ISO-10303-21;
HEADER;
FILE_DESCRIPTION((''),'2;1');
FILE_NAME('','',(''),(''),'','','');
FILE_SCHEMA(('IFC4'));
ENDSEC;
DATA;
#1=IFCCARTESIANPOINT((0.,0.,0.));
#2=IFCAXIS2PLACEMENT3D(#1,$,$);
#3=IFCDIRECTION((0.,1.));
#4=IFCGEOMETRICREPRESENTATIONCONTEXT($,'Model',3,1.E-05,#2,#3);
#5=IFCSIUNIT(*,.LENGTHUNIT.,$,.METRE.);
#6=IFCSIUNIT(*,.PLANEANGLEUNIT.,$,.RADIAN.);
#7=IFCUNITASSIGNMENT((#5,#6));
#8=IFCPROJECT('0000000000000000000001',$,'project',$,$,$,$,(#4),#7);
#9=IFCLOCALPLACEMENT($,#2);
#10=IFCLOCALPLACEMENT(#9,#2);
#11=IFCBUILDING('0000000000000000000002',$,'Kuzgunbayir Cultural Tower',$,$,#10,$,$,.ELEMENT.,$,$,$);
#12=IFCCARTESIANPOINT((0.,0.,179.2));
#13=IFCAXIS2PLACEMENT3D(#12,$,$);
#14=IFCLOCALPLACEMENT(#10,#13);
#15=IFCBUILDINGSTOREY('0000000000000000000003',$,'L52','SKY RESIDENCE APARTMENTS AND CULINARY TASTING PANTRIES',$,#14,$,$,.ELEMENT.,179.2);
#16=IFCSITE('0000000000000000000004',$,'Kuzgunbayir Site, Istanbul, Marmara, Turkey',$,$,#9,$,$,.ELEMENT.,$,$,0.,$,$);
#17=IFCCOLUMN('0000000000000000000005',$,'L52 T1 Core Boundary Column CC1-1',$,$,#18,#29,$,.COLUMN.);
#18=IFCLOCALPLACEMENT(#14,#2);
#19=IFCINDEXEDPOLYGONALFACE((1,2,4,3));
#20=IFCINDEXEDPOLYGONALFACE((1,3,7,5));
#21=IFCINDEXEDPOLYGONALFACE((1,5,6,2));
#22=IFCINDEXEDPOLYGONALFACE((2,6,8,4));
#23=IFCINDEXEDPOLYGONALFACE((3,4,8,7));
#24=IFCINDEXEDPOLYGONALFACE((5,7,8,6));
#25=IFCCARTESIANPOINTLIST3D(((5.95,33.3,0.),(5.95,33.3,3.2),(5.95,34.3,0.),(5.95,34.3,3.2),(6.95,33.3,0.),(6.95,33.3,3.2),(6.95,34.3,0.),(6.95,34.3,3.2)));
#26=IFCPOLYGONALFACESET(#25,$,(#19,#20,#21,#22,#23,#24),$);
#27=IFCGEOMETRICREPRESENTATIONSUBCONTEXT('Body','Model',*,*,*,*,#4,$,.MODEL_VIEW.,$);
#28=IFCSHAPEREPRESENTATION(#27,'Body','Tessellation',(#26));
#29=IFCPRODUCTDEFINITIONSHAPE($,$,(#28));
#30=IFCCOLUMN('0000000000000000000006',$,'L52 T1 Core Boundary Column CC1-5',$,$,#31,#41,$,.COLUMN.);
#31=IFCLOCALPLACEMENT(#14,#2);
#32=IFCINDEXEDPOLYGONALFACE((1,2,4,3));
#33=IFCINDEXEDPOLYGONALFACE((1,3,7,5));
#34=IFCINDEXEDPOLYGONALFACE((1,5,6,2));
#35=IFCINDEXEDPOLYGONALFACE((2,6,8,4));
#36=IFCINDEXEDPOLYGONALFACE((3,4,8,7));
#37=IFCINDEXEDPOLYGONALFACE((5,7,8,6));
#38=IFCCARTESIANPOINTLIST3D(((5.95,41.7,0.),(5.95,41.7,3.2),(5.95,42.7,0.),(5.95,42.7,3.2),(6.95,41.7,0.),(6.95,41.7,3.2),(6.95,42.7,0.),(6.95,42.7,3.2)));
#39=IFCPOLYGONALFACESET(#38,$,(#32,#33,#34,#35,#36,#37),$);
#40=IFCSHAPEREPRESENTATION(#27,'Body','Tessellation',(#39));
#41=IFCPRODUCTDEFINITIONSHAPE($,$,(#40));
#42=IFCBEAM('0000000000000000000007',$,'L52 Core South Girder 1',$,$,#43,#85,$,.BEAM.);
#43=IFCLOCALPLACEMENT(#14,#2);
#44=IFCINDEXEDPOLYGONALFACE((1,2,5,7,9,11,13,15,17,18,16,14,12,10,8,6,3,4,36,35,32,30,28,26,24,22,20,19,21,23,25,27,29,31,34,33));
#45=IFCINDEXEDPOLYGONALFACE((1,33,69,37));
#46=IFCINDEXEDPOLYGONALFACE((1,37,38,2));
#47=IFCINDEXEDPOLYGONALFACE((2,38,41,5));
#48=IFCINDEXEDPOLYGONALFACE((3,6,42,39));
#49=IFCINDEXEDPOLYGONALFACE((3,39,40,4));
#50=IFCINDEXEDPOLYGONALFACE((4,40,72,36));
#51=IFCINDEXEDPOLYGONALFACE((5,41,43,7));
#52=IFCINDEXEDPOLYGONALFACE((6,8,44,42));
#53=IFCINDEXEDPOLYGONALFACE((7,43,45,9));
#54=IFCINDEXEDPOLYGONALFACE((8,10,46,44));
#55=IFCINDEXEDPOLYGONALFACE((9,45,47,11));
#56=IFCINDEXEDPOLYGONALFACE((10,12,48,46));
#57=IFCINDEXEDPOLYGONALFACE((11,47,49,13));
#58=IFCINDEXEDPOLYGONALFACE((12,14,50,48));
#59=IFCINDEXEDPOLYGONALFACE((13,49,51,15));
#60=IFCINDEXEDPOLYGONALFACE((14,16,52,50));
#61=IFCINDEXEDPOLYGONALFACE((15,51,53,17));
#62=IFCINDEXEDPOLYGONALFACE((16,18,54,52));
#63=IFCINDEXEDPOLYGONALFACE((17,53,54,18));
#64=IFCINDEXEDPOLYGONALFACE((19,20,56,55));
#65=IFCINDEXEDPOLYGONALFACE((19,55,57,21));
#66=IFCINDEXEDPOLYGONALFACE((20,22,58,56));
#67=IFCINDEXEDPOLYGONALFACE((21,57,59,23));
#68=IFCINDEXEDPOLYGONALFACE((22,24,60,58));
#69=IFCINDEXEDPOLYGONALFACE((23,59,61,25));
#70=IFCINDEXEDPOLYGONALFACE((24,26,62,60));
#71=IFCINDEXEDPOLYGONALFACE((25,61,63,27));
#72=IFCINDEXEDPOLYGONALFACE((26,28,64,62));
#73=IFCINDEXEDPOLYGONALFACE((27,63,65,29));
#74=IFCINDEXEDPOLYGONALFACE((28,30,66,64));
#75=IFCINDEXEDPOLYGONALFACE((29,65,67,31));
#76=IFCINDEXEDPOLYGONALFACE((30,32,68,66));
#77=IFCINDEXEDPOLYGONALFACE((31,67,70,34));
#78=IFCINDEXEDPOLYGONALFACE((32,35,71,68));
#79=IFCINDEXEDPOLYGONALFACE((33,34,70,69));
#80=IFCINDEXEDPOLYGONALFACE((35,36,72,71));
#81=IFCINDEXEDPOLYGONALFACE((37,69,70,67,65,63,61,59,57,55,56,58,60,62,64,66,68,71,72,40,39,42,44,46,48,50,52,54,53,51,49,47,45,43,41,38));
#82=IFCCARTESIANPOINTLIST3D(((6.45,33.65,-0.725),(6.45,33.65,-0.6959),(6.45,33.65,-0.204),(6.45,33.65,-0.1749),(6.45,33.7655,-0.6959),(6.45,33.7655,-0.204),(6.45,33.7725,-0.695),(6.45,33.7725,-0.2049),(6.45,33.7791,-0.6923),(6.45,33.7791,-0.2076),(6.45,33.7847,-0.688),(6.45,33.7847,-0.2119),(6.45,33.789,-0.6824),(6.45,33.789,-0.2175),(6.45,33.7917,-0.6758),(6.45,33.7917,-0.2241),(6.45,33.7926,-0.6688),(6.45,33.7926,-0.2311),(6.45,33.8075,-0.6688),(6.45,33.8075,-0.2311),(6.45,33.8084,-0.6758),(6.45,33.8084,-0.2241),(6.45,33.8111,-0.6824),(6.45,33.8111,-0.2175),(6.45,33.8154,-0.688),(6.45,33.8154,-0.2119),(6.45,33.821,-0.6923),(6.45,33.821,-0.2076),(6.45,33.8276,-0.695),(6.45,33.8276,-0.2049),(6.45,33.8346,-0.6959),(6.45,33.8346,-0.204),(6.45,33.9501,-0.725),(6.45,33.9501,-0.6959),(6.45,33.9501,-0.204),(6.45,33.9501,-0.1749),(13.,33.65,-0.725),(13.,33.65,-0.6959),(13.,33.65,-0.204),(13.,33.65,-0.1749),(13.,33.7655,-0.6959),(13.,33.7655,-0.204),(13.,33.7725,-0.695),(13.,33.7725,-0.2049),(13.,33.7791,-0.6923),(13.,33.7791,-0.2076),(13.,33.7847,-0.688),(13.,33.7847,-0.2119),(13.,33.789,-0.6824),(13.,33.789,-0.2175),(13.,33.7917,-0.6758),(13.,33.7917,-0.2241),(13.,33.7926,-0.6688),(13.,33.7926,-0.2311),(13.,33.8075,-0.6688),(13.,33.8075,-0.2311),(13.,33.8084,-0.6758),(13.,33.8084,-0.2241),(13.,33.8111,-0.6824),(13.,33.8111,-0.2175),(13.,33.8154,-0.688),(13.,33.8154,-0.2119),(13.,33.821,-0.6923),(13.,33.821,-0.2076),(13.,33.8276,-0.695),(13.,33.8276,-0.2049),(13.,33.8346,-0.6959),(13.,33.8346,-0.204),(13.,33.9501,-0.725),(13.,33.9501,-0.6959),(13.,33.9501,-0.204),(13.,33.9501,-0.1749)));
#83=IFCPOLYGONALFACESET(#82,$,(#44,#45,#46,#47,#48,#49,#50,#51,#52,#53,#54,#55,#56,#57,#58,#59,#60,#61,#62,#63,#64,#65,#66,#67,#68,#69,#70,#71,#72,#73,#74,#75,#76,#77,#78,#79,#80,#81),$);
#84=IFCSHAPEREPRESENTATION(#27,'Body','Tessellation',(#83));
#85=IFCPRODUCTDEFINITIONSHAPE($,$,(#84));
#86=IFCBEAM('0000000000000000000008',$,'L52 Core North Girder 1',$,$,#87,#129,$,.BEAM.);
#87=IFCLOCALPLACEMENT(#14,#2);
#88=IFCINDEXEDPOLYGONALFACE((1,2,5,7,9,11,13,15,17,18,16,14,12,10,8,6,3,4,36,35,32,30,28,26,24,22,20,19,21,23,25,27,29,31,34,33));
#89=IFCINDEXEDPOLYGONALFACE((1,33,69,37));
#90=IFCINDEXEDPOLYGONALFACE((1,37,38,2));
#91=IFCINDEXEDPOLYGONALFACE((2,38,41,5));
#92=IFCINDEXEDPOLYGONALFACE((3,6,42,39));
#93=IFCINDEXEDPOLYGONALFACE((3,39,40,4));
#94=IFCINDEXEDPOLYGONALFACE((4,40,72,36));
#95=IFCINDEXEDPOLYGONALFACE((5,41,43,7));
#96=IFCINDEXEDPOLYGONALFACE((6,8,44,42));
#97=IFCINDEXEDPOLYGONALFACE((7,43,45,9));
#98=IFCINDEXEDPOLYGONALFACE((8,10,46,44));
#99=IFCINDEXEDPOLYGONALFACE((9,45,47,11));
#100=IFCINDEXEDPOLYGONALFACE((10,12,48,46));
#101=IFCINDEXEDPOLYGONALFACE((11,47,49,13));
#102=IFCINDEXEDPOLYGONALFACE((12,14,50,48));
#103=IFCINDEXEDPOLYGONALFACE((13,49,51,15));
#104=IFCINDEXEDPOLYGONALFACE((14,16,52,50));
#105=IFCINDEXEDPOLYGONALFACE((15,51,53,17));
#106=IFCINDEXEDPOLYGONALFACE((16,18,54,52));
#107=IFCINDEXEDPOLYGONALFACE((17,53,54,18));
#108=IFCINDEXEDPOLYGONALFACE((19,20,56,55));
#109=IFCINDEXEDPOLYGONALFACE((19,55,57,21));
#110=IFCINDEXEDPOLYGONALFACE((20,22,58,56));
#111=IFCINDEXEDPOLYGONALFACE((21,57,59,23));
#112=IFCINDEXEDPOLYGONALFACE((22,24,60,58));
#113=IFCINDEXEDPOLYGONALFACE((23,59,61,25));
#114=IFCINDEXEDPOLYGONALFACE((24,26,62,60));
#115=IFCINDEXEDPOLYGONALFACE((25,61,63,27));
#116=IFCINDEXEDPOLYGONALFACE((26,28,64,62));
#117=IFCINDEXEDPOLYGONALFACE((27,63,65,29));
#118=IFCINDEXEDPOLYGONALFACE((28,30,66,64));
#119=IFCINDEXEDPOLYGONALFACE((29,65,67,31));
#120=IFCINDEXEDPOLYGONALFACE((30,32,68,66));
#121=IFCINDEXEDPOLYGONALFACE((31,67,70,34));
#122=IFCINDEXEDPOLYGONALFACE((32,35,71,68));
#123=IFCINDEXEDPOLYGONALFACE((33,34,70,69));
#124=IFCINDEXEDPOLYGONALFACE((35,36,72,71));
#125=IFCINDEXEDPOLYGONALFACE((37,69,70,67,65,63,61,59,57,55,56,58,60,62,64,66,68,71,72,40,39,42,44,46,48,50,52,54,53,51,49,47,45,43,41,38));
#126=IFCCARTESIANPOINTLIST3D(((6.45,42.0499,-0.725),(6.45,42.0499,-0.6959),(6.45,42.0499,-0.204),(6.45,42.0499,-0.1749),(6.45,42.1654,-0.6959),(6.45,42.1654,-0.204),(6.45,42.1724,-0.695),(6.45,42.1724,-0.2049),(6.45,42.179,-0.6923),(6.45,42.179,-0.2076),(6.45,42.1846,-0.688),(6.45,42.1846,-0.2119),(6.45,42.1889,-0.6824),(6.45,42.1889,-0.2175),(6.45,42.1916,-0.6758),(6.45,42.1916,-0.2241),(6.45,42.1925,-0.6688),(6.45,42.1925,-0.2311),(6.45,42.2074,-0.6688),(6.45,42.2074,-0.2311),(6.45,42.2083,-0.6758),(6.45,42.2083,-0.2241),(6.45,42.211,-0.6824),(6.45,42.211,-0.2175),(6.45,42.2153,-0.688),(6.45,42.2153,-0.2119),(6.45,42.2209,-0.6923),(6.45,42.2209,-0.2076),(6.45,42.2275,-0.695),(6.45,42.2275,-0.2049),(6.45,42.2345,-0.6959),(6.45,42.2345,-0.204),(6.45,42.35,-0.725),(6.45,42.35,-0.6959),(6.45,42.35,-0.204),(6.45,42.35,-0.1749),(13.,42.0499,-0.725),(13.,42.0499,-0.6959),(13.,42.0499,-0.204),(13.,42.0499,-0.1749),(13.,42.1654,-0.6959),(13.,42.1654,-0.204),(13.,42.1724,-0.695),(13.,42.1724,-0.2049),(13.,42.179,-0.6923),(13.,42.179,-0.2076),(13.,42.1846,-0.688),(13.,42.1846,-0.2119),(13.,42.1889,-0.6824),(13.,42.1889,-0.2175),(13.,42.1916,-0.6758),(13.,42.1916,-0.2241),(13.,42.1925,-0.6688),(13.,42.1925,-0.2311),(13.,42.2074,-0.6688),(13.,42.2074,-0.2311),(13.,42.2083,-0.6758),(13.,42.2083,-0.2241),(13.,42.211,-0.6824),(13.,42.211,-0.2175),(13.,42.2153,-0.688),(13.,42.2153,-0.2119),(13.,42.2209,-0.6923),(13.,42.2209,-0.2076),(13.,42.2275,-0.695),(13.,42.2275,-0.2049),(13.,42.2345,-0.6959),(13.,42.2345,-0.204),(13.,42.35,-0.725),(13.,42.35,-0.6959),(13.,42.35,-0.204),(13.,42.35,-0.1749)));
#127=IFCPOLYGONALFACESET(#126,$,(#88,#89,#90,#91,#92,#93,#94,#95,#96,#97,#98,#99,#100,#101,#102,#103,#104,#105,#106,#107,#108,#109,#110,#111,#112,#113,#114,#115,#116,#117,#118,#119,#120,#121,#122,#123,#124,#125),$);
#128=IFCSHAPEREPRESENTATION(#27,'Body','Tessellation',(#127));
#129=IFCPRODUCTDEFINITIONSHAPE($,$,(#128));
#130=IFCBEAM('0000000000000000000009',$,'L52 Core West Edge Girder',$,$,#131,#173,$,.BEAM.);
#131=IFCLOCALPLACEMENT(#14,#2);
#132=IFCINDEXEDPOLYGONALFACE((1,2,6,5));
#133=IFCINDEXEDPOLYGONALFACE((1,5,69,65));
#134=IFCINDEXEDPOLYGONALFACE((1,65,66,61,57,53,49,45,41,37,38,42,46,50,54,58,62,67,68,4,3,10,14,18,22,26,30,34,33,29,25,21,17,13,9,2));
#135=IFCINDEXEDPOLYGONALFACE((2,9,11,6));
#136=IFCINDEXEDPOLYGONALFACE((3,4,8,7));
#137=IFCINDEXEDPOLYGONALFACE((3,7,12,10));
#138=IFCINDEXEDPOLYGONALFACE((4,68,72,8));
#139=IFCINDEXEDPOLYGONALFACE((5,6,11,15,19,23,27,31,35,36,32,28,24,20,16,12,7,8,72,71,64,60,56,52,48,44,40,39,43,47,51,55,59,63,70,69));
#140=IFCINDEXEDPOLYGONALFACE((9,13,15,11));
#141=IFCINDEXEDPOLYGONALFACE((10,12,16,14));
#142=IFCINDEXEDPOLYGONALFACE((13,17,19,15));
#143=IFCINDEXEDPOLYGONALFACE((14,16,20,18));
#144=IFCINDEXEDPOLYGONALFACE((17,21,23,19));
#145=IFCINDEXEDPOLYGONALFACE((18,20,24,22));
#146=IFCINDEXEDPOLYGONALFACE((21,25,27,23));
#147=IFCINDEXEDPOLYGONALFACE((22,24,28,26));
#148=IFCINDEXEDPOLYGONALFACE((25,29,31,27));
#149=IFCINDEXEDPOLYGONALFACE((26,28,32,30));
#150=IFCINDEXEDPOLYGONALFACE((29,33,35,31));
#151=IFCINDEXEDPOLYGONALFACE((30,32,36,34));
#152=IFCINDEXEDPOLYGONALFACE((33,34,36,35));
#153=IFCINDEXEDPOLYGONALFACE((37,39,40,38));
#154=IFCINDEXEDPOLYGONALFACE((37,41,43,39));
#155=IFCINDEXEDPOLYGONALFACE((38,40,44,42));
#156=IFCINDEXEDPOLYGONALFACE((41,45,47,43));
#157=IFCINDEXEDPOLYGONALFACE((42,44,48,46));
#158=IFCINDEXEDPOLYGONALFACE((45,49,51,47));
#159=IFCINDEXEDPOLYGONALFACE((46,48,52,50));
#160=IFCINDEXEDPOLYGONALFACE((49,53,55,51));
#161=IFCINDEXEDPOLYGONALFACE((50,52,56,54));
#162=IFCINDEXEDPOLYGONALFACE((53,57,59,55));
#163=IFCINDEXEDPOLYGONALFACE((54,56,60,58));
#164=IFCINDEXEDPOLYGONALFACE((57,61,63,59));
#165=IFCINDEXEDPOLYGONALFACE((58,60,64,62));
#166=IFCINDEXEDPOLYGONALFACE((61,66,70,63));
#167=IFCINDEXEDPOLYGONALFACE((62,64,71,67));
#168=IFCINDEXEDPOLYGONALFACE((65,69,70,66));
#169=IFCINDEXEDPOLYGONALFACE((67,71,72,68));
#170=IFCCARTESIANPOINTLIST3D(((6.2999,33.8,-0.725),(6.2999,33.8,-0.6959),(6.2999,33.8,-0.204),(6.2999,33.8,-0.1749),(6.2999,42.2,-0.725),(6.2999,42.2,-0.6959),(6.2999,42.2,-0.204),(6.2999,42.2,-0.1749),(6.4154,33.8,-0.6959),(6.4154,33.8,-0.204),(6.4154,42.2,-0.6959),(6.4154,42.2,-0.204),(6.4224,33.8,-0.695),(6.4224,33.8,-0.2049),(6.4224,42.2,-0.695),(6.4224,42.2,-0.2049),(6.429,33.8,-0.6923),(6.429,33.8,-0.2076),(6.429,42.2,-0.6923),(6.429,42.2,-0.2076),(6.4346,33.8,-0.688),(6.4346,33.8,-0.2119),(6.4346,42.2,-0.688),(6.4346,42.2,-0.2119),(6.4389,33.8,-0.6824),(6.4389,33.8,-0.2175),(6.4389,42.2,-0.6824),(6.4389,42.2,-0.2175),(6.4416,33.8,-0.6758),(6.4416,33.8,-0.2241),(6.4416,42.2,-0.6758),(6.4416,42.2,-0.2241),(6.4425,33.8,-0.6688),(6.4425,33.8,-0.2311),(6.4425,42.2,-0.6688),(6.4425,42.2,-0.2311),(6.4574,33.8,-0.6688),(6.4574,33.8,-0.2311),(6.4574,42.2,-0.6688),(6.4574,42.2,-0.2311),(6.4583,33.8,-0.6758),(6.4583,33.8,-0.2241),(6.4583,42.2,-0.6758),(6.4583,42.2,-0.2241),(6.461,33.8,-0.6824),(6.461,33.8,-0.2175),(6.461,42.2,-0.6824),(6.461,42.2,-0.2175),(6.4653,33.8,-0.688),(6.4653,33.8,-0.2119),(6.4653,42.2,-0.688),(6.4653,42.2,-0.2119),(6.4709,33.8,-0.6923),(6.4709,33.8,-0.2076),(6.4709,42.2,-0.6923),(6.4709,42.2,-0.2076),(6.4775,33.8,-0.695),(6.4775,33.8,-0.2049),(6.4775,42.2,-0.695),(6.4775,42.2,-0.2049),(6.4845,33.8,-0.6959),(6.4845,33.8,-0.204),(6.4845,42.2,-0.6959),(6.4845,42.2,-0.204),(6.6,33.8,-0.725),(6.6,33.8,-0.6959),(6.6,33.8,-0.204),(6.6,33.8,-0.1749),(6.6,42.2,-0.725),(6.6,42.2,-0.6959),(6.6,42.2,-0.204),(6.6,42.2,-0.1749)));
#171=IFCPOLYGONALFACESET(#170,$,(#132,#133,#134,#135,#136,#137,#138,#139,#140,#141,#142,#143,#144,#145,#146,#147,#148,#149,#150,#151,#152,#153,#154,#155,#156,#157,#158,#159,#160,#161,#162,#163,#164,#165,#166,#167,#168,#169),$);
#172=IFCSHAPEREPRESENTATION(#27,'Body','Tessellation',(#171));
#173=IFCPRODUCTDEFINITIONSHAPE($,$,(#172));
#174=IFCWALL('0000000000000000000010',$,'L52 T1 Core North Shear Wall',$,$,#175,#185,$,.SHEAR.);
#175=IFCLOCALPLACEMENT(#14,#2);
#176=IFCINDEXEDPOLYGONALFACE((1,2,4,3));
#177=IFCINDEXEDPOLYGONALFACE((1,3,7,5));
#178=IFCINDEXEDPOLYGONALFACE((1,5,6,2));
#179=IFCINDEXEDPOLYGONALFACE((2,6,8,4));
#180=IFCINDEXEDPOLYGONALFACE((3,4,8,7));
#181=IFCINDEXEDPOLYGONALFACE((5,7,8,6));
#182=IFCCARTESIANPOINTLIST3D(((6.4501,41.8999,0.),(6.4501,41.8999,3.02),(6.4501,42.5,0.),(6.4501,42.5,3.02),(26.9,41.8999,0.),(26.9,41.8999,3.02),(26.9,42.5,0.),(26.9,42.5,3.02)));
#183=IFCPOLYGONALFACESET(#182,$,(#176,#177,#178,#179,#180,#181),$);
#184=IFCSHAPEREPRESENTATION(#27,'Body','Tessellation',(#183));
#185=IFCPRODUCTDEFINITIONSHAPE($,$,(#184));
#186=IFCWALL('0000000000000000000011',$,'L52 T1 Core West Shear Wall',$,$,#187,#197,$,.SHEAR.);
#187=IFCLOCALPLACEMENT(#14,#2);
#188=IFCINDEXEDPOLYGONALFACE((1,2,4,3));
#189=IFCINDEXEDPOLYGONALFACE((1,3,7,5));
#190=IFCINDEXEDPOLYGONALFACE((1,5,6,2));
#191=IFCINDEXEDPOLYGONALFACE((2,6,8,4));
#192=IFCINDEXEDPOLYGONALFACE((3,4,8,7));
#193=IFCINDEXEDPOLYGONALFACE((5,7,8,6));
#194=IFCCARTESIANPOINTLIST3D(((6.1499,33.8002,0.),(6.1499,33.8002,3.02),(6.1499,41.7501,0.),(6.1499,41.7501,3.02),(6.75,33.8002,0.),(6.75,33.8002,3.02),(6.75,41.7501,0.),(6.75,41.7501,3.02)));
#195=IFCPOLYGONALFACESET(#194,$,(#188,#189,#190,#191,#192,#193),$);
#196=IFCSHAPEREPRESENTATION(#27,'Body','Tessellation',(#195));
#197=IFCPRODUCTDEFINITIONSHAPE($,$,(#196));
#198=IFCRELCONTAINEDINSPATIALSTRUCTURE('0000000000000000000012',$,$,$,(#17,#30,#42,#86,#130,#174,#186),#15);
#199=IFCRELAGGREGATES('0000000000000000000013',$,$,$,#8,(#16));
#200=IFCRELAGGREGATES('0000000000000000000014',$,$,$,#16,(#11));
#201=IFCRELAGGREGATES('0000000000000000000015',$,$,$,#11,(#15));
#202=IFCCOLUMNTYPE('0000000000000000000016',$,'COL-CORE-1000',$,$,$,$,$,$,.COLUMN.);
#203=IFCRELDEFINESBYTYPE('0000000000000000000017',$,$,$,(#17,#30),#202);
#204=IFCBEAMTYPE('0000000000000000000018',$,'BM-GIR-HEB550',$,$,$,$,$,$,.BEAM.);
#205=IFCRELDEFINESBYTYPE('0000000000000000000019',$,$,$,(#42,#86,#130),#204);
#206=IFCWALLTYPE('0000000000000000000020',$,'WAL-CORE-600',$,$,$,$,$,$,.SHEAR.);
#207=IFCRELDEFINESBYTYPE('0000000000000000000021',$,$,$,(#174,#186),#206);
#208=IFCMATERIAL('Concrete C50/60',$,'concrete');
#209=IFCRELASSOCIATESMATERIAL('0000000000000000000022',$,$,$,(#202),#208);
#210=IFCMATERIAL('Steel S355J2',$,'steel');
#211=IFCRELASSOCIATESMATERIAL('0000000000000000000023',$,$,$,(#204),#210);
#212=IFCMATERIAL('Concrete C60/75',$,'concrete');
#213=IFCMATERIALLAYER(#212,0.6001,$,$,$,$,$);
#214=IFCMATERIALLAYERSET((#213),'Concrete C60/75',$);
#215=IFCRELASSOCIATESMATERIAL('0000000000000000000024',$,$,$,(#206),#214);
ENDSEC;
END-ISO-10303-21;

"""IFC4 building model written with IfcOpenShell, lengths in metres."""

from ifc_helpers import new_model, si_unit, direction, frame, frame_2d, origin, origin_2d, place, context, subcontext, project, spatial, rectangle, i_section, extrude, material, layer, layer_set, material_profile, profile_set, type_object, element, save


model = new_model("IFC4")

# Units and contexts
model_context = context("Model", 3, precision=1e-05, world=origin(), true_north=direction((0.0, 1.0)))
body_context = subcontext(model_context, "Body", "Model", "MODEL_VIEW")
ifc_project = project(units=[si_unit("LENGTHUNIT", "METRE"), si_unit("PLANEANGLEUNIT", "RADIAN")], contexts=[model_context])

# Site, building, storey
site_placement = place(None, origin())
site = spatial("IfcSite", under=ifc_project, at=site_placement, Name="Kuzgunbayir Site, Istanbul, Marmara, Turkey", CompositionType="ELEMENT", RefElevation=0.0)
building_placement = place(site_placement, origin())
building = spatial("IfcBuilding", under=site, at=building_placement, Name="Kuzgunbayir Cultural Tower", CompositionType="ELEMENT")
storey_placement = place(building_placement, frame((0.0, 0.0, 179.2)))
storey = spatial("IfcBuildingStorey", under=building, at=storey_placement, Name="L52", Description="SKY RESIDENCE APARTMENTS AND CULINARY TASTING PANTRIES", CompositionType="ELEMENT", Elevation=179.2)

# Columns
ifc_material_1 = material(Name="Concrete C50/60", Category="concrete")
ifc_material_profile_1 = material_profile(ifc_material_1, rectangle(XDim=1.0, YDim=1.0, at=origin_2d()), Name="RC 1000x1000")
ifc_profile_set_1 = profile_set([ifc_material_profile_1], Name="Concrete C50/60")
column_type = type_object("IfcColumnType", Name="COL-CORE-1000", PredefinedType="COLUMN", material=ifc_profile_set_1)
for number, where, z_axis, x_axis, name in (
    (1, (6.45, 33.8, 0.0), (0.0, 0.0, 1.0), (1.0, 0.0, 0.0), "L52 T1 Core Boundary Column CC1-1"),
    (2, (6.45, 42.2, 0.0), (0.0, 0.0, 1.0), (1.0, 0.0, 0.0), "L52 T1 Core Boundary Column CC1-5"),
):
    element("IfcColumn", number, at=place(storey_placement, frame(where, z_axis=z_axis, x_axis=x_axis)), inside=storey, type_object=column_type, Name=name, PredefinedType="COLUMN", context=body_context, shape_type="SweptSolid", body=[
        extrude(rectangle(XDim=1.0, YDim=1.0, at=origin_2d()), origin(), (0.0, 0.0, 1.0), 3.2),
    ])

# Beams
ifc_material_2 = material(Name="Steel S355J2", Category="steel")
ifc_material_profile_2 = material_profile(ifc_material_2, i_section(OverallWidth=0.3, OverallDepth=0.55, WebThickness=0.0149, FlangeThickness=0.0291, FilletRadius=0.0271, at=origin_2d()), Name="HEB 550")
ifc_profile_set_2 = profile_set([ifc_material_profile_2], Name="Steel S355J2")
beam_type = type_object("IfcBeamType", Name="BM-GIR-HEB550", PredefinedType="BEAM", material=ifc_profile_set_2)
for number, where, z_axis, x_axis, name in (
    (3, (6.45, 33.8, -0.45), (1.0, 0.0, 0.0), (0.0, 1.0, 0.0), "L52 Core South Girder 1"),
    (4, (6.45, 42.2, -0.45), (1.0, 0.0, 0.0), (0.0, 1.0, 0.0), "L52 Core North Girder 1"),
):
    element("IfcBeam", number, at=place(storey_placement, frame(where, z_axis=z_axis, x_axis=x_axis)), inside=storey, type_object=beam_type, Name=name, PredefinedType="BEAM", context=body_context, shape_type="SweptSolid", body=[
        extrude(i_section(OverallWidth=0.3, OverallDepth=0.55, WebThickness=0.0149, FlangeThickness=0.0291, FilletRadius=0.0271, at=origin_2d()), origin(), (0.0, 0.0, 1.0), 6.55),
    ])
beam_placement = place(storey_placement, frame((6.45, 33.8, -0.45), z_axis=(0.0, 1.0, 0.0), x_axis=(-1.0, 0.0, 0.0)))
element("IfcBeam", 5, at=beam_placement, inside=storey, type_object=beam_type, Name="L52 Core West Edge Girder", PredefinedType="BEAM", context=body_context, shape_type="SweptSolid", body=[
    extrude(i_section(OverallWidth=0.3, OverallDepth=0.55, WebThickness=0.0149, FlangeThickness=0.0291, FilletRadius=0.0271, at=origin_2d()), origin(), (0.0, 0.0, 1.0), 8.3999),
])

# Walls
ifc_material_3 = material(Name="Concrete C60/75", Category="concrete")
ifc_layer_1 = layer(ifc_material_3, 0.6001)
ifc_layer_set_1 = layer_set([ifc_layer_1], Name="Concrete C60/75")
wall_type_1 = type_object("IfcWallType", Name="WAL-CORE-600", PredefinedType="SHEAR", material=ifc_layer_set_1)
wall_1_placement = place(storey_placement, frame((6.45, 42.2, 0.0), z_axis=(0.0, 0.0, 1.0), x_axis=(1.0, 0.0, 0.0)))
element("IfcWall", 6, at=wall_1_placement, inside=storey, type_object=wall_type_1, Name="L52 T1 Core North Shear Wall", PredefinedType="SHEAR", context=body_context, shape_type="SweptSolid", body=[
    extrude(rectangle(XDim=20.45, YDim=0.6001, at=frame_2d((10.2251, 0.0))), origin(), (0.0, 0.0, 1.0), 3.02),
])
wall_2_placement = place(storey_placement, frame((6.45, 33.8, 0.0), z_axis=(0.0, 0.0, 1.0), x_axis=(0.0, 1.0, 0.0)))
element("IfcWall", 7, at=wall_2_placement, inside=storey, type_object=wall_type_1, Name="L52 T1 Core West Shear Wall", PredefinedType="SHEAR", context=body_context, shape_type="SweptSolid", body=[
    extrude(rectangle(XDim=7.95, YDim=0.6001, at=frame_2d((3.9751, 0.0))), origin(), (0.0, 0.0, 1.0), 3.02),
])

save(model, "model.ifc")
